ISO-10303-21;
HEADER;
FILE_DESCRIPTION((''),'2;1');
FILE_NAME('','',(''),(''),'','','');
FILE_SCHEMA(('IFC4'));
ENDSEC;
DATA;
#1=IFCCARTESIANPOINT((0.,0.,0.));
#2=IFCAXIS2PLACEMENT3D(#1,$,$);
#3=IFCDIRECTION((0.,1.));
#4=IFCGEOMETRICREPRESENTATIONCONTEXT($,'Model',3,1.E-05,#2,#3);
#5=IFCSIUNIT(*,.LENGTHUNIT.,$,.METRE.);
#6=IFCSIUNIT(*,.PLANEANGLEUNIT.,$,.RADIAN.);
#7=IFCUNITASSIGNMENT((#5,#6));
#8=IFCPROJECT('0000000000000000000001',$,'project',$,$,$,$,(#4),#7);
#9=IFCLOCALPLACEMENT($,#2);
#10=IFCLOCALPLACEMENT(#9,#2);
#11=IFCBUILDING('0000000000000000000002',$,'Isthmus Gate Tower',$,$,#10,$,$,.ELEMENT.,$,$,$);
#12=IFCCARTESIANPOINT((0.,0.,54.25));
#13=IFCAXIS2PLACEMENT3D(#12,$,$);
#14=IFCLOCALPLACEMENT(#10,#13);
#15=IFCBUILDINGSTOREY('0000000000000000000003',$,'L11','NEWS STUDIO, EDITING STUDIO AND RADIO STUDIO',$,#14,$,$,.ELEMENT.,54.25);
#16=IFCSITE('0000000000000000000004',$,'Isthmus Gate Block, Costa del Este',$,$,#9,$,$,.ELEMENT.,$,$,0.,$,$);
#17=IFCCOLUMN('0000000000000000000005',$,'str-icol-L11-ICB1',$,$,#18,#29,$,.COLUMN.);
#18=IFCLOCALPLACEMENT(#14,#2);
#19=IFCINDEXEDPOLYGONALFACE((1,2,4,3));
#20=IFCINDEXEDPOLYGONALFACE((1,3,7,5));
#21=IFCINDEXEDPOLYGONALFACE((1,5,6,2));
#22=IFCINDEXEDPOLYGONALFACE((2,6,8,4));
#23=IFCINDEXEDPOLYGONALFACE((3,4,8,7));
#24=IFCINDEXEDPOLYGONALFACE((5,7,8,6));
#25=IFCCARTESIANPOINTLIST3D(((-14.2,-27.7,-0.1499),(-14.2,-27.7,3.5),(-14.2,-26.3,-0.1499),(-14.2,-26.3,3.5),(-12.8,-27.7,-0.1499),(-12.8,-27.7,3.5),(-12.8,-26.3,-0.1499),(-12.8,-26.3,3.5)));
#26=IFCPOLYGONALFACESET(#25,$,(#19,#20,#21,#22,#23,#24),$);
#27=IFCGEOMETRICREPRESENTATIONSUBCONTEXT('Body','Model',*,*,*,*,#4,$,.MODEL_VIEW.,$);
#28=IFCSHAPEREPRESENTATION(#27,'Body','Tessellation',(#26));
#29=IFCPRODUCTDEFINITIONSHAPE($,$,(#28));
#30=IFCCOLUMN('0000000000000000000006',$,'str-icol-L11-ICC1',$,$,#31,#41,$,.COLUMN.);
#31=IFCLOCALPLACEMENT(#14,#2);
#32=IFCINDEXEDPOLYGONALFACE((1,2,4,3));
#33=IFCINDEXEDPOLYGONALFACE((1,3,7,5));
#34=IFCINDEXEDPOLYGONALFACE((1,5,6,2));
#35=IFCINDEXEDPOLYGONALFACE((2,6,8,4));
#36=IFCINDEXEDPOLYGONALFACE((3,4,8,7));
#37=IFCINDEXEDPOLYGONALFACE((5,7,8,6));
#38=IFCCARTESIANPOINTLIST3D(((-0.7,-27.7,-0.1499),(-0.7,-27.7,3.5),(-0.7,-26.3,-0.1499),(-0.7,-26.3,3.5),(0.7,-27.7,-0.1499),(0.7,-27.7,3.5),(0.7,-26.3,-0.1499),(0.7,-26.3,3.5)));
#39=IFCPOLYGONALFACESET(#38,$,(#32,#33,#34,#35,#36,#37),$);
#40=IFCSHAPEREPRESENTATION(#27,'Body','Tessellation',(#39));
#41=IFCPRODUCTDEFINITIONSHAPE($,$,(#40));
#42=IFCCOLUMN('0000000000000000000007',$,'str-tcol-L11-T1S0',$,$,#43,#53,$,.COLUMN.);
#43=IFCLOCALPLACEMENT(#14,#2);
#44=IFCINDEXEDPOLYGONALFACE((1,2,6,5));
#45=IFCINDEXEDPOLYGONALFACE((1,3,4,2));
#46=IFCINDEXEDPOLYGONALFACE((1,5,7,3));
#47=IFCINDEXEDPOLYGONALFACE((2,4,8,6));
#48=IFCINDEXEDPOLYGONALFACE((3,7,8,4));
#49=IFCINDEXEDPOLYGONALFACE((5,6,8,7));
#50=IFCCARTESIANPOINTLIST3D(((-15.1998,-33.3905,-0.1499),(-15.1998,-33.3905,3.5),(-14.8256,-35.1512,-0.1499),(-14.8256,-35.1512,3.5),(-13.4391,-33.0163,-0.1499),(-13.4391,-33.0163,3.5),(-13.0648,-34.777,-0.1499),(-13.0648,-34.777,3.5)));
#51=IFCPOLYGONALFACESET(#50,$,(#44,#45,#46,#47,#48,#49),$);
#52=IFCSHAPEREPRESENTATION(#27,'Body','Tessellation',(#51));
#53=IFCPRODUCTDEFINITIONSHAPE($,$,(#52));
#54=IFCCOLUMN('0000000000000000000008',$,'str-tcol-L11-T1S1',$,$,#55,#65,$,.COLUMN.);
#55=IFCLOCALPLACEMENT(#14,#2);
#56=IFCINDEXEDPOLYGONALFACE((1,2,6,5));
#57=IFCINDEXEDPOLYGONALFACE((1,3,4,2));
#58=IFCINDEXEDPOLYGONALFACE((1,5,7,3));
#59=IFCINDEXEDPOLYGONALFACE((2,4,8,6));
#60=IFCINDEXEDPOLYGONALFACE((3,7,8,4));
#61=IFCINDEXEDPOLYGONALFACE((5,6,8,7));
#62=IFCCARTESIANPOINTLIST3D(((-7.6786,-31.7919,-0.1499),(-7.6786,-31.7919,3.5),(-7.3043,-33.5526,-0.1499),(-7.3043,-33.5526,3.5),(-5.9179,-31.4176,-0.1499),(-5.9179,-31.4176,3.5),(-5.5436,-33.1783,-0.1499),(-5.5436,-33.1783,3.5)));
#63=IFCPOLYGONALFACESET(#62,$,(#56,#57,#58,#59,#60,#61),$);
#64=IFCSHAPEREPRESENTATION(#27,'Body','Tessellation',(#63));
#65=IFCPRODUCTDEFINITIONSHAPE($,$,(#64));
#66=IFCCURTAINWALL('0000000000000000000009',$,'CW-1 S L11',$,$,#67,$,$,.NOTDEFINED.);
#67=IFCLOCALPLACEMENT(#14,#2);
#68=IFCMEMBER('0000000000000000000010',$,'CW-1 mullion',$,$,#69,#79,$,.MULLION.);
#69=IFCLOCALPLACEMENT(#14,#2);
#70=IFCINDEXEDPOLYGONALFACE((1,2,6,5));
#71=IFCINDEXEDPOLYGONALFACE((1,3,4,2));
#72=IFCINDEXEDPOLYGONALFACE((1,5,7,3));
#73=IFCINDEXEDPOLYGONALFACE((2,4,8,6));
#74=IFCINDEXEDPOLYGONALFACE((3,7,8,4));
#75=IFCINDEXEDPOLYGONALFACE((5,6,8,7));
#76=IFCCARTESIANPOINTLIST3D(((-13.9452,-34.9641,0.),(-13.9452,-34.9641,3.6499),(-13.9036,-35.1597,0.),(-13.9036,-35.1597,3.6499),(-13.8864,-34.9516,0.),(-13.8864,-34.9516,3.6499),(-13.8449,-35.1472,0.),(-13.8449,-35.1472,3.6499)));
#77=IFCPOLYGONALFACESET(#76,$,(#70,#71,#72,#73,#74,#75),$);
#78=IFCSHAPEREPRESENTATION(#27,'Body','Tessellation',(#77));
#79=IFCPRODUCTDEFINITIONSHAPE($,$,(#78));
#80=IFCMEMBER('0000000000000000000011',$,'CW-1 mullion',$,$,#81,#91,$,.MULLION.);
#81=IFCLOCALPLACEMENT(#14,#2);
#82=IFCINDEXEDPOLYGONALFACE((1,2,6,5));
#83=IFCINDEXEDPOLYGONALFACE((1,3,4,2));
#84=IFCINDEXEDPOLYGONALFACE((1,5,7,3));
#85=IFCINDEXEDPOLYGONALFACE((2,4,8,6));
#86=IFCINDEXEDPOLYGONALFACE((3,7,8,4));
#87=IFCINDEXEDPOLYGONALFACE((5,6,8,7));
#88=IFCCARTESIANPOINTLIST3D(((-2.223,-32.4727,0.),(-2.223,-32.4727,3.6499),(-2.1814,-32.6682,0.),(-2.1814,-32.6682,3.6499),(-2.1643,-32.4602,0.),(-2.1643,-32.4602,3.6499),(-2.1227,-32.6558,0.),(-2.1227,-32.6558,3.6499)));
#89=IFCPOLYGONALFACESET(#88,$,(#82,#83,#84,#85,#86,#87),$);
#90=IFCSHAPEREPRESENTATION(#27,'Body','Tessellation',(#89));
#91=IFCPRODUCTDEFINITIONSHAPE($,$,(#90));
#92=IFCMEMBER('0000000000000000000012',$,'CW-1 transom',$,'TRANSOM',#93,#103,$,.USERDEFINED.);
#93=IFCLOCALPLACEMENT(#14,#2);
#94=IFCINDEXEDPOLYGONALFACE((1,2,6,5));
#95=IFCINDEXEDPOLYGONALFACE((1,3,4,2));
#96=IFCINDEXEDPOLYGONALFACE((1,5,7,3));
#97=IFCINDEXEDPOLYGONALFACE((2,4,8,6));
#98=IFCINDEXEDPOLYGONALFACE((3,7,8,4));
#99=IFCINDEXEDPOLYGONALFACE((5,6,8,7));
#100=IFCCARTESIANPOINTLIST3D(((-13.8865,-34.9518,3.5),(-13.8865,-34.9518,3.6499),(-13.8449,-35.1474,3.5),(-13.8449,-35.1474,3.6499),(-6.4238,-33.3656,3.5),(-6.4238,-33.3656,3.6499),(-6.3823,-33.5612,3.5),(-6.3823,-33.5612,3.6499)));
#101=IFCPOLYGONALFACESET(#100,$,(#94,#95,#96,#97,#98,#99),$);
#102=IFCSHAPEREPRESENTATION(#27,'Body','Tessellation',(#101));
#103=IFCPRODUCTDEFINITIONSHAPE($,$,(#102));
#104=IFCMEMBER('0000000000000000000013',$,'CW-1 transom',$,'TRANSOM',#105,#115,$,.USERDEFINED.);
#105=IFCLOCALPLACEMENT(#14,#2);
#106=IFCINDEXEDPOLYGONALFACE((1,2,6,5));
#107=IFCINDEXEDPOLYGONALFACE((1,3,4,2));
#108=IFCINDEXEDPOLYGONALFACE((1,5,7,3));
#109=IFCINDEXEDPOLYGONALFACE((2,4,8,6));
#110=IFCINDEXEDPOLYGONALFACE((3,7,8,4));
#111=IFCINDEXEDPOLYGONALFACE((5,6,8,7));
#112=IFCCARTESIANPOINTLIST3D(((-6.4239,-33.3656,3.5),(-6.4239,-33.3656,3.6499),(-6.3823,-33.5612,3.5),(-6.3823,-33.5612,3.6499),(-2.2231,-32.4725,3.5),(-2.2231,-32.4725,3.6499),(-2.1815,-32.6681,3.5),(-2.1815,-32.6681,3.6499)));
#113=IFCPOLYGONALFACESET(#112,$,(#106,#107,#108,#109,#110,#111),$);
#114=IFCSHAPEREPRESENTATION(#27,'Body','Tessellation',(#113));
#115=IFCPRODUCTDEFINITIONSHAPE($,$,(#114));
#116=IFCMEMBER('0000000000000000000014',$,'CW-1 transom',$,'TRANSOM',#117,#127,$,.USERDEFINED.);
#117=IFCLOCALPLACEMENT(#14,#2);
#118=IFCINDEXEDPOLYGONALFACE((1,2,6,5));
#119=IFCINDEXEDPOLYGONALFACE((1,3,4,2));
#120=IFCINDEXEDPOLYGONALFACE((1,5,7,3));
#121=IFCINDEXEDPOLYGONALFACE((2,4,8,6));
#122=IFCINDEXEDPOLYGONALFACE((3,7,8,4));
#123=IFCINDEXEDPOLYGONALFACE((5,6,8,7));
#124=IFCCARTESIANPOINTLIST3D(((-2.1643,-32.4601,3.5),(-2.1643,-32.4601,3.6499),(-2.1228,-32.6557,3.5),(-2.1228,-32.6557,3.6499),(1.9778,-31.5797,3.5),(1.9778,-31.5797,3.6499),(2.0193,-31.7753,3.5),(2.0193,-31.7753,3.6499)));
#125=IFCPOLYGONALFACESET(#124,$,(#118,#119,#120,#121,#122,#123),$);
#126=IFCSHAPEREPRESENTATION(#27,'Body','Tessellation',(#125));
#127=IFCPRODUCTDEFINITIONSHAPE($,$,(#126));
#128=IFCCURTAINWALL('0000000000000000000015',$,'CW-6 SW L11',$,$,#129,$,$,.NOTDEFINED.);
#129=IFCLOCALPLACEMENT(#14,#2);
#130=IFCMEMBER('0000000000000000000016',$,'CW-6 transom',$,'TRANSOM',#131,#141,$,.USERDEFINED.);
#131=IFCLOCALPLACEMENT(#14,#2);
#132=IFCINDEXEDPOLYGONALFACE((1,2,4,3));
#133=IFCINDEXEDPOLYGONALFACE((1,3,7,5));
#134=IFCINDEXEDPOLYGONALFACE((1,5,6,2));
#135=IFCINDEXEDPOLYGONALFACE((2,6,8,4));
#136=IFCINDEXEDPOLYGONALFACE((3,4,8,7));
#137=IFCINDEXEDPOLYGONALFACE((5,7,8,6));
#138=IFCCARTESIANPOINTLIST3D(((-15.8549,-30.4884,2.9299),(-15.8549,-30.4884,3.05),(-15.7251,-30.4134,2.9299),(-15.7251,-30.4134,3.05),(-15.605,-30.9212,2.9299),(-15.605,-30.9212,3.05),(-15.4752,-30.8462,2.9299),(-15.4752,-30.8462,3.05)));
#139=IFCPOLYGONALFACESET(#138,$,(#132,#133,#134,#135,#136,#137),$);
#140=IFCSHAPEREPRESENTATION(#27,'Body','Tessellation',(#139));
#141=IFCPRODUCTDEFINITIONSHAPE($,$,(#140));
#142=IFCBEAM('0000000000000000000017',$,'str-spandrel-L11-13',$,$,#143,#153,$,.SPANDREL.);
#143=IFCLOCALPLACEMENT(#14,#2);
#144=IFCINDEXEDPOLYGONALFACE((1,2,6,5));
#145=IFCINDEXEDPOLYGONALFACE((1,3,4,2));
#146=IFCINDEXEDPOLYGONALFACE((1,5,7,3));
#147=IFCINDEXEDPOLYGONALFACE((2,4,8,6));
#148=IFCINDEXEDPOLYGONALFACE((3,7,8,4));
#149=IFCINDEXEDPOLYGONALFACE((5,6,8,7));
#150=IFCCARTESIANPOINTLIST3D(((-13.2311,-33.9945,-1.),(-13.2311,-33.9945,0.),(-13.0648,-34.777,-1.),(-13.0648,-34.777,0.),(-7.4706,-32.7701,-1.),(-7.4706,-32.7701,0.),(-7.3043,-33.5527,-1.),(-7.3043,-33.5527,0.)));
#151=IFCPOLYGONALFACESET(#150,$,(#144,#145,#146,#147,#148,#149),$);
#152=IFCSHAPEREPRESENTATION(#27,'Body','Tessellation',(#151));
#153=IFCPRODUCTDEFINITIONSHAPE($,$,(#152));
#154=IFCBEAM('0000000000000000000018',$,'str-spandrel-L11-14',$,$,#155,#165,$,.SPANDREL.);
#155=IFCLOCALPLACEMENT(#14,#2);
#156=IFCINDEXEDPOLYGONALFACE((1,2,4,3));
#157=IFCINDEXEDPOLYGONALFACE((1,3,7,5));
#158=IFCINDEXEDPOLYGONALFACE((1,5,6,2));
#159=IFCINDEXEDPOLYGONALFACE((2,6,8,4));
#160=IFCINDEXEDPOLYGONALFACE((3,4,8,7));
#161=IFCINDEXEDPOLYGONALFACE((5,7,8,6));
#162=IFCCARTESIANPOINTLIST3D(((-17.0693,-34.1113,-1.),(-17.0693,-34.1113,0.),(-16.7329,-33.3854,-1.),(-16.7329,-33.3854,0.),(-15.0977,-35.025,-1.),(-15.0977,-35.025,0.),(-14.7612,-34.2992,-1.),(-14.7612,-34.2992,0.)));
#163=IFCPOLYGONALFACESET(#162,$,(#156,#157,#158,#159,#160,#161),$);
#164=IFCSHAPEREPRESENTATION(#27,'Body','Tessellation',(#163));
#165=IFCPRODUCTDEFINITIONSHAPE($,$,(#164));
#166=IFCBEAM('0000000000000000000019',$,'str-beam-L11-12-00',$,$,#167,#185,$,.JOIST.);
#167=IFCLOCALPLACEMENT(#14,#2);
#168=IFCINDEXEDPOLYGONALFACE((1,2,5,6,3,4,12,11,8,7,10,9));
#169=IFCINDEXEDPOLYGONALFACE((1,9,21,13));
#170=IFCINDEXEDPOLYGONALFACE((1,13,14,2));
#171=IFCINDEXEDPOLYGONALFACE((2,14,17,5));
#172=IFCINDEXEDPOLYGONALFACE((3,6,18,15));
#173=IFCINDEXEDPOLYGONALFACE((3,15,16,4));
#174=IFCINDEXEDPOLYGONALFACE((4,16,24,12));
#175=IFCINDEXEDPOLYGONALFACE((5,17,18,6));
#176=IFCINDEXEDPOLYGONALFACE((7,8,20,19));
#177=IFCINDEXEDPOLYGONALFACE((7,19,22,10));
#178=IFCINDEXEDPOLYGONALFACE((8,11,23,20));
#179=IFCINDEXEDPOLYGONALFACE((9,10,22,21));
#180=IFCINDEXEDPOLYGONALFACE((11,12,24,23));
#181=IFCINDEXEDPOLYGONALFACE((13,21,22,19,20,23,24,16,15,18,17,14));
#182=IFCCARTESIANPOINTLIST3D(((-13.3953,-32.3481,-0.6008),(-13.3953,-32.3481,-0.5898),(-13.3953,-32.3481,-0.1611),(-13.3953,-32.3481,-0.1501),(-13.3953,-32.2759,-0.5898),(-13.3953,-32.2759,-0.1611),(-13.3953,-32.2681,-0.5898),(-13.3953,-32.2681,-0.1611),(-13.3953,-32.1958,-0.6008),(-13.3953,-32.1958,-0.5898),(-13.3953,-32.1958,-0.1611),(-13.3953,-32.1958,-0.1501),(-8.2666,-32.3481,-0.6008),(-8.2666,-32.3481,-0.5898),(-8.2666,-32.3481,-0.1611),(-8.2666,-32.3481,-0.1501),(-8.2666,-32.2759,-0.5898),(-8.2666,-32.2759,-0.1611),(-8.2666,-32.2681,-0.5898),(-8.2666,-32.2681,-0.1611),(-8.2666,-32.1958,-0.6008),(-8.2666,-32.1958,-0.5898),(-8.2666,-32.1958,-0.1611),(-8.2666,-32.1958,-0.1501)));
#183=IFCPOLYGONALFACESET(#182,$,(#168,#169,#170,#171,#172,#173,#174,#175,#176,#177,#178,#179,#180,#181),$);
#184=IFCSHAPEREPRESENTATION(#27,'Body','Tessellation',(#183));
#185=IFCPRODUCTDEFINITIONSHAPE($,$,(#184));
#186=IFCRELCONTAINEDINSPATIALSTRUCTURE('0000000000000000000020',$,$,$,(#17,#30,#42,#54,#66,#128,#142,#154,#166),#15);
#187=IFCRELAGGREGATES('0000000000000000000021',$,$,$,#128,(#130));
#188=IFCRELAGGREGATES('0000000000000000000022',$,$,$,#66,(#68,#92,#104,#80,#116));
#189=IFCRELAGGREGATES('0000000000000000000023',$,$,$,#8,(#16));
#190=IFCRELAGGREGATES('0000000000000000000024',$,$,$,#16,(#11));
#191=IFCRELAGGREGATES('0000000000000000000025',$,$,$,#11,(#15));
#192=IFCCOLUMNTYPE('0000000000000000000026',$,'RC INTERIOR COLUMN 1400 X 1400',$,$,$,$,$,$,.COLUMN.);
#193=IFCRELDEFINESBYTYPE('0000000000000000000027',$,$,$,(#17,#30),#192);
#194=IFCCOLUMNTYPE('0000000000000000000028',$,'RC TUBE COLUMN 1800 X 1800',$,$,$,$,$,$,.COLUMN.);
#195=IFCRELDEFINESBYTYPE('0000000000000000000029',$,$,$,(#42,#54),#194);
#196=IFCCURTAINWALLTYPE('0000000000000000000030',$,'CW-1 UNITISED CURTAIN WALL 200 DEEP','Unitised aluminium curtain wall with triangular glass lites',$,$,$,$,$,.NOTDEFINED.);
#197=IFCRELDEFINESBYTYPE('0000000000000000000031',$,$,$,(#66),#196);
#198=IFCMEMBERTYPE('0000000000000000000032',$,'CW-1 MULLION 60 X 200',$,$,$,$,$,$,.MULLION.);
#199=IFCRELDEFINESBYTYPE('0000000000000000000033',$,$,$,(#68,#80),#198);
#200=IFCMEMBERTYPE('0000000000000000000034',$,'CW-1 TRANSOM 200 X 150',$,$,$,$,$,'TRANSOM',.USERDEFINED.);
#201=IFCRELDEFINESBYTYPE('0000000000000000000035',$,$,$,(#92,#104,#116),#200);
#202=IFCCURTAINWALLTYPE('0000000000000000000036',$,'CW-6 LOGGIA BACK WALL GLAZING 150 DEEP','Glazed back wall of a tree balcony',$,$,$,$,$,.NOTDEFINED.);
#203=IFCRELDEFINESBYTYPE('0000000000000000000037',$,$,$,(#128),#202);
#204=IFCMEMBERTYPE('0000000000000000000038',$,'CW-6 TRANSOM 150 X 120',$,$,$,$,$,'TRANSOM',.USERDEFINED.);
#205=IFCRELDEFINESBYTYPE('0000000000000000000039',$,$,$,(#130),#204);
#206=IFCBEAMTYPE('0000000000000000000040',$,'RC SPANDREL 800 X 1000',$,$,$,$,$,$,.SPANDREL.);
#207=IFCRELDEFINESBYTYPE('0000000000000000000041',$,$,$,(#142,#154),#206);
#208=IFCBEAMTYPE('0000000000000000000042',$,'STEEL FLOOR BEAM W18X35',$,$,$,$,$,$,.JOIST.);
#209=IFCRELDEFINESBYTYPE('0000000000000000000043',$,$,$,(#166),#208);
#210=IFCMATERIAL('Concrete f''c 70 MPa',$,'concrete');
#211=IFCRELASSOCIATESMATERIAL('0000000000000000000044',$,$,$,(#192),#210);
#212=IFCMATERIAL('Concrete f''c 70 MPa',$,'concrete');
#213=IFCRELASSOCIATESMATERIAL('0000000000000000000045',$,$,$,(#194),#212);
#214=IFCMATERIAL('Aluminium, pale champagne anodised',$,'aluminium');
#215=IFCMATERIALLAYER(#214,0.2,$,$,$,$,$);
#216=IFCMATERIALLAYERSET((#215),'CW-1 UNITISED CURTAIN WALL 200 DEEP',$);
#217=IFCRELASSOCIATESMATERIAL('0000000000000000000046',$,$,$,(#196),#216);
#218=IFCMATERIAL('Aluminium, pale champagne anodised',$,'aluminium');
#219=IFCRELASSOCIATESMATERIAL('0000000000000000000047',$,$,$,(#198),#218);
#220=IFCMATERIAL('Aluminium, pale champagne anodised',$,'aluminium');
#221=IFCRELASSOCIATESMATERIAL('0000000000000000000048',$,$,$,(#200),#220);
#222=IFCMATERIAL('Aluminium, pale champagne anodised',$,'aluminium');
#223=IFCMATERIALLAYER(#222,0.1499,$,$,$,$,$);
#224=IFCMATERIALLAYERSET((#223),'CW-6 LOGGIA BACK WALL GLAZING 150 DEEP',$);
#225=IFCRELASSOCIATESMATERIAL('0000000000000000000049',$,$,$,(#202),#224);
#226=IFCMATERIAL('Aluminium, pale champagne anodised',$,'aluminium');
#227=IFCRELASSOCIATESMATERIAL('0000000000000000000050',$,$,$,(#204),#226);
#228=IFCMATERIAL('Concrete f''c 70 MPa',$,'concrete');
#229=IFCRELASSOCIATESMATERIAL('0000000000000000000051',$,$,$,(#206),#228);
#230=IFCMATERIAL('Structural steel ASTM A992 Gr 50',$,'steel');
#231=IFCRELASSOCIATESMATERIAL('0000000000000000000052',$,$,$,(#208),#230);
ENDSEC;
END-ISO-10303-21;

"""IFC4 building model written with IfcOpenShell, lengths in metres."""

from ifc_helpers import new_model, si_unit, direction, frame, origin, origin_2d, place, context, subcontext, project, spatial, rectangle, i_section, extrude, material, layer, layer_set, material_profile, profile_set, type_object, element, aggregate, save


model = new_model("IFC4")

# Units and contexts
model_context = context("Model", 3, precision=1e-05, world=origin(), true_north=direction((0.0, 1.0)))
body_context = subcontext(model_context, "Body", "Model", "MODEL_VIEW")
ifc_project = project(units=[si_unit("LENGTHUNIT", "METRE"), si_unit("PLANEANGLEUNIT", "RADIAN")], contexts=[model_context])

# Site, building, storey
site_placement = place(None, origin())
site = spatial("IfcSite", under=ifc_project, at=site_placement, Name="Isthmus Gate Block, Costa del Este", CompositionType="ELEMENT", RefElevation=0.0)
building_placement = place(site_placement, origin())
building = spatial("IfcBuilding", under=site, at=building_placement, Name="Isthmus Gate Tower", CompositionType="ELEMENT")
storey_placement = place(building_placement, frame((0.0, 0.0, 54.25)))
storey = spatial("IfcBuildingStorey", under=building, at=storey_placement, Name="L11", Description="NEWS STUDIO, EDITING STUDIO AND RADIO STUDIO", CompositionType="ELEMENT", Elevation=54.25)

# Columns
ifc_material_1 = material(Name="Concrete f'c 70 MPa", Category="concrete")
ifc_material_profile_1 = material_profile(ifc_material_1, rectangle(XDim=1.3999, YDim=1.3999, at=origin_2d()), Name="RC 1400X1400")
ifc_profile_set_1 = profile_set([ifc_material_profile_1], Name="Concrete f'c 70 MPa")
column_type_1 = type_object("IfcColumnType", Name="RC INTERIOR COLUMN 1400 X 1400", PredefinedType="COLUMN", material=ifc_profile_set_1)
for number, where, z_axis, x_axis, name in (
    (1, (-13.5, -27.0, -0.1499), (0.0, 0.0, 1.0), (1.0, 0.0, 0.0), "str-icol-L11-ICB1"),
    (2, (0.0, -27.0, -0.1499), (0.0, 0.0, 1.0), (1.0, 0.0, 0.0), "str-icol-L11-ICC1"),
):
    element("IfcColumn", number, at=place(storey_placement, frame(where, z_axis=z_axis, x_axis=x_axis)), inside=storey, type_object=column_type_1, Name=name, PredefinedType="COLUMN", context=body_context, shape_type="SweptSolid", body=[
        extrude(rectangle(XDim=1.3999, YDim=1.3999, at=origin_2d()), origin(), (0.0, 0.0, 1.0), 3.6499),
    ])
ifc_material_2 = material(Name="Concrete f'c 70 MPa", Category="concrete")
ifc_material_profile_2 = material_profile(ifc_material_2, rectangle(XDim=1.8, YDim=1.8, at=origin_2d()), Name="RC 1800X1800")
ifc_profile_set_2 = profile_set([ifc_material_profile_2], Name="Concrete f'c 70 MPa")
column_type_2 = type_object("IfcColumnType", Name="RC TUBE COLUMN 1800 X 1800", PredefinedType="COLUMN", material=ifc_profile_set_2)
for number, where, z_axis, x_axis, name in (
    (3, (-14.1323, -34.0837, -0.1499), (0.0, 0.0, 1.0), (0.978148, 0.207912, 0.0), "str-tcol-L11-T1S0"),
    (4, (-6.6111, -32.4851, -0.1499), (0.0, 0.0, 1.0), (0.978148, 0.207912, 0.0), "str-tcol-L11-T1S1"),
):
    element("IfcColumn", number, at=place(storey_placement, frame(where, z_axis=z_axis, x_axis=x_axis)), inside=storey, type_object=column_type_2, Name=name, PredefinedType="COLUMN", context=body_context, shape_type="SweptSolid", body=[
        extrude(rectangle(XDim=1.8, YDim=1.8, at=origin_2d()), origin(), (0.0, 0.0, 1.0), 3.6499),
    ])

# Curtain wall, members
ifc_material_3 = material(Name="Aluminium, pale champagne anodised", Category="aluminium")
ifc_layer_1 = layer(ifc_material_3, 0.2)
ifc_layer_set_1 = layer_set([ifc_layer_1], Name="CW-1 UNITISED CURTAIN WALL 200 DEEP")
curtain_wall_type_1 = type_object("IfcCurtainWallType", Name="CW-1 UNITISED CURTAIN WALL 200 DEEP", Description="Unitised aluminium curtain wall with triangular glass lites", PredefinedType="NOTDEFINED", material=ifc_layer_set_1)
curtain_wall_1_placement = place(storey_placement, origin())
curtain_wall_1 = element("IfcCurtainWall", 5, at=curtain_wall_1_placement, inside=storey, type_object=curtain_wall_type_1, Name="CW-1 S L11", PredefinedType="NOTDEFINED")
ifc_material_4 = material(Name="Aluminium, pale champagne anodised", Category="aluminium")
ifc_material_profile_3 = material_profile(ifc_material_4, rectangle(XDim=0.0601, YDim=0.2, at=origin_2d()), Name="60x200")
ifc_profile_set_3 = profile_set([ifc_material_profile_3], Name="Aluminium, pale champagne anodised")
member_type_1 = type_object("IfcMemberType", Name="CW-1 MULLION 60 X 200", PredefinedType="MULLION", material=ifc_profile_set_3)
member_1_placement = place(storey_placement, frame((-13.895, -35.0557, 0.0), z_axis=(0.0, 0.0, 1.0), x_axis=(0.978148, 0.207912, 0.0)))
member_1 = element("IfcMember", 6, at=member_1_placement, type_object=member_type_1, Name="CW-1 mullion", PredefinedType="MULLION", context=body_context, shape_type="SweptSolid", body=[
    extrude(rectangle(XDim=0.0601, YDim=0.2, at=origin_2d()), origin(), (0.0, 0.0, 1.0), 3.6499),
])
member_2_placement = place(storey_placement, frame((-2.1729, -32.5642, 0.0), z_axis=(0.0, 0.0, 1.0), x_axis=(0.978148, 0.207912, 0.0)))
member_2 = element("IfcMember", 7, at=member_2_placement, type_object=member_type_1, Name="CW-1 mullion", PredefinedType="MULLION", context=body_context, shape_type="SweptSolid", body=[
    extrude(rectangle(XDim=0.0601, YDim=0.2, at=origin_2d()), origin(), (0.0, 0.0, 1.0), 3.6499),
])
ifc_material_5 = material(Name="Aluminium, pale champagne anodised", Category="aluminium")
ifc_material_profile_4 = material_profile(ifc_material_5, rectangle(XDim=0.2, YDim=0.1499, at=origin_2d()), Name="200x150")
ifc_profile_set_4 = profile_set([ifc_material_profile_4], Name="Aluminium, pale champagne anodised")
member_type_2 = type_object("IfcMemberType", Name="CW-1 TRANSOM 200 X 150", ElementType="TRANSOM", PredefinedType="USERDEFINED", material=ifc_profile_set_4)
member_3_placement = place(storey_placement, frame((-13.8657, -35.0496, 3.575), z_axis=(0.978149, 0.207905, 0.0), x_axis=(-0.207905, 0.978149, 0.0)))
member_3 = element("IfcMember", 8, at=member_3_placement, type_object=member_type_2, Name="CW-1 transom", ObjectType="TRANSOM", PredefinedType="USERDEFINED", context=body_context, shape_type="SweptSolid", body=[
    extrude(rectangle(XDim=0.2, YDim=0.1499, at=origin_2d()), origin(), (0.0, 0.0, 1.0), 7.6294),
])
member_4_placement = place(storey_placement, frame((-6.4031, -33.4634, 3.575), z_axis=(0.978139, 0.207953, 0.0), x_axis=(-0.207953, 0.978139, 0.0)))
member_4 = element("IfcMember", 9, at=member_4_placement, type_object=member_type_2, Name="CW-1 transom", ObjectType="TRANSOM", PredefinedType="USERDEFINED", context=body_context, shape_type="SweptSolid", body=[
    extrude(rectangle(XDim=0.2, YDim=0.1499, at=origin_2d()), origin(), (0.0, 0.0, 1.0), 4.2947),
])
member_5_placement = place(storey_placement, frame((-2.1436, -32.5579, 3.575), z_axis=(0.97815, 0.207899, 0.0), x_axis=(-0.207899, 0.97815, 0.0)))
member_5 = element("IfcMember", 10, at=member_5_placement, type_object=member_type_2, Name="CW-1 transom", ObjectType="TRANSOM", PredefinedType="USERDEFINED", context=body_context, shape_type="SweptSolid", body=[
    extrude(rectangle(XDim=0.2, YDim=0.1499, at=origin_2d()), origin(), (0.0, 0.0, 1.0), 4.2346),
])

# Curtain wall, member
ifc_material_6 = material(Name="Aluminium, pale champagne anodised", Category="aluminium")
ifc_layer_2 = layer(ifc_material_6, 0.1499)
ifc_layer_set_2 = layer_set([ifc_layer_2], Name="CW-6 LOGGIA BACK WALL GLAZING 150 DEEP")
curtain_wall_type_2 = type_object("IfcCurtainWallType", Name="CW-6 LOGGIA BACK WALL GLAZING 150 DEEP", Description="Glazed back wall of a tree balcony", PredefinedType="NOTDEFINED", material=ifc_layer_set_2)
curtain_wall_2_placement = place(storey_placement, origin())
curtain_wall_2 = element("IfcCurtainWall", 11, at=curtain_wall_2_placement, inside=storey, type_object=curtain_wall_type_2, Name="CW-6 SW L11", PredefinedType="NOTDEFINED")
ifc_material_7 = material(Name="Aluminium, pale champagne anodised", Category="aluminium")
ifc_material_profile_5 = material_profile(ifc_material_7, rectangle(XDim=0.1499, YDim=0.1201, at=origin_2d()), Name="150x120")
ifc_profile_set_5 = profile_set([ifc_material_profile_5], Name="Aluminium, pale champagne anodised")
member_type_3 = type_object("IfcMemberType", Name="CW-6 TRANSOM 150 X 120", ElementType="TRANSOM", PredefinedType="USERDEFINED", material=ifc_profile_set_5)
member_6_placement = place(storey_placement, frame((-15.79, -30.4509, 2.99), z_axis=(0.500131, -0.86595, 0.0), x_axis=(0.86595, 0.500131, 0.0)))
member_6 = element("IfcMember", 12, at=member_6_placement, type_object=member_type_3, Name="CW-6 transom", ObjectType="TRANSOM", PredefinedType="USERDEFINED", context=body_context, shape_type="SweptSolid", body=[
    extrude(rectangle(XDim=0.1499, YDim=0.1201, at=origin_2d()), origin(), (0.0, 0.0, 1.0), 0.4998),
])

# Beams
ifc_material_8 = material(Name="Concrete f'c 70 MPa", Category="concrete")
ifc_material_profile_6 = material_profile(ifc_material_8, rectangle(XDim=0.8, YDim=1.0, at=origin_2d()), Name="RC 800X1000")
ifc_profile_set_6 = profile_set([ifc_material_profile_6], Name="Concrete f'c 70 MPa")
beam_type_1 = type_object("IfcBeamType", Name="RC SPANDREL 800 X 1000", PredefinedType="SPANDREL", material=ifc_profile_set_6)
beam_1_placement = place(storey_placement, frame((-7.3875, -33.1614, -0.5), z_axis=(-0.97815, -0.207901, 0.0), x_axis=(0.207901, -0.97815, 0.0)))
element("IfcBeam", 13, at=beam_1_placement, inside=storey, type_object=beam_type_1, Name="str-spandrel-L11-13", PredefinedType="SPANDREL", context=body_context, shape_type="SweptSolid", body=[
    extrude(rectangle(XDim=0.8, YDim=1.0, at=origin_2d()), origin(), (0.0, 0.0, 1.0), 5.8892),
])
beam_2_placement = place(storey_placement, frame((-14.9294, -34.6621, -0.5), z_axis=(-0.907291, 0.420504, 0.0), x_axis=(-0.420504, -0.907291, 0.0)))
element("IfcBeam", 14, at=beam_2_placement, inside=storey, type_object=beam_type_1, Name="str-spandrel-L11-14", PredefinedType="SPANDREL", context=body_context, shape_type="SweptSolid", body=[
    extrude(rectangle(XDim=0.8, YDim=1.0, at=origin_2d()), origin(), (0.0, 0.0, 1.0), 2.1731),
])
ifc_material_9 = material(Name="Structural steel ASTM A992 Gr 50", Category="steel")
ifc_material_profile_7 = material_profile(ifc_material_9, i_section(OverallWidth=0.1523, OverallDepth=0.4507, WebThickness=0.0078, FlangeThickness=0.011, at=origin_2d()), Name="W18X35")
ifc_profile_set_7 = profile_set([ifc_material_profile_7], Name="Structural steel ASTM A992 Gr 50")
beam_type_2 = type_object("IfcBeamType", Name="STEEL FLOOR BEAM W18X35", PredefinedType="JOIST", material=ifc_profile_set_7)
for number, where, z_axis, x_axis, name in (
    (15, (-13.3953, -32.272, -0.3755), (1.0, 0.0, 0.0), (0.0, 1.0, 0.0), "str-beam-L11-12-00"),
):
    element("IfcBeam", number, at=place(storey_placement, frame(where, z_axis=z_axis, x_axis=x_axis)), inside=storey, type_object=beam_type_2, Name=name, PredefinedType="JOIST", context=body_context, shape_type="SweptSolid", body=[
        extrude(i_section(OverallWidth=0.1523, OverallDepth=0.4507, WebThickness=0.0078, FlangeThickness=0.011, at=origin_2d()), origin(), (0.0, 0.0, 1.0), 5.1287),
    ])

aggregate(curtain_wall_2, [member_6])

aggregate(curtain_wall_1, [member_1, member_3, member_4, member_2, member_5])

save(model, "model.ifc")
